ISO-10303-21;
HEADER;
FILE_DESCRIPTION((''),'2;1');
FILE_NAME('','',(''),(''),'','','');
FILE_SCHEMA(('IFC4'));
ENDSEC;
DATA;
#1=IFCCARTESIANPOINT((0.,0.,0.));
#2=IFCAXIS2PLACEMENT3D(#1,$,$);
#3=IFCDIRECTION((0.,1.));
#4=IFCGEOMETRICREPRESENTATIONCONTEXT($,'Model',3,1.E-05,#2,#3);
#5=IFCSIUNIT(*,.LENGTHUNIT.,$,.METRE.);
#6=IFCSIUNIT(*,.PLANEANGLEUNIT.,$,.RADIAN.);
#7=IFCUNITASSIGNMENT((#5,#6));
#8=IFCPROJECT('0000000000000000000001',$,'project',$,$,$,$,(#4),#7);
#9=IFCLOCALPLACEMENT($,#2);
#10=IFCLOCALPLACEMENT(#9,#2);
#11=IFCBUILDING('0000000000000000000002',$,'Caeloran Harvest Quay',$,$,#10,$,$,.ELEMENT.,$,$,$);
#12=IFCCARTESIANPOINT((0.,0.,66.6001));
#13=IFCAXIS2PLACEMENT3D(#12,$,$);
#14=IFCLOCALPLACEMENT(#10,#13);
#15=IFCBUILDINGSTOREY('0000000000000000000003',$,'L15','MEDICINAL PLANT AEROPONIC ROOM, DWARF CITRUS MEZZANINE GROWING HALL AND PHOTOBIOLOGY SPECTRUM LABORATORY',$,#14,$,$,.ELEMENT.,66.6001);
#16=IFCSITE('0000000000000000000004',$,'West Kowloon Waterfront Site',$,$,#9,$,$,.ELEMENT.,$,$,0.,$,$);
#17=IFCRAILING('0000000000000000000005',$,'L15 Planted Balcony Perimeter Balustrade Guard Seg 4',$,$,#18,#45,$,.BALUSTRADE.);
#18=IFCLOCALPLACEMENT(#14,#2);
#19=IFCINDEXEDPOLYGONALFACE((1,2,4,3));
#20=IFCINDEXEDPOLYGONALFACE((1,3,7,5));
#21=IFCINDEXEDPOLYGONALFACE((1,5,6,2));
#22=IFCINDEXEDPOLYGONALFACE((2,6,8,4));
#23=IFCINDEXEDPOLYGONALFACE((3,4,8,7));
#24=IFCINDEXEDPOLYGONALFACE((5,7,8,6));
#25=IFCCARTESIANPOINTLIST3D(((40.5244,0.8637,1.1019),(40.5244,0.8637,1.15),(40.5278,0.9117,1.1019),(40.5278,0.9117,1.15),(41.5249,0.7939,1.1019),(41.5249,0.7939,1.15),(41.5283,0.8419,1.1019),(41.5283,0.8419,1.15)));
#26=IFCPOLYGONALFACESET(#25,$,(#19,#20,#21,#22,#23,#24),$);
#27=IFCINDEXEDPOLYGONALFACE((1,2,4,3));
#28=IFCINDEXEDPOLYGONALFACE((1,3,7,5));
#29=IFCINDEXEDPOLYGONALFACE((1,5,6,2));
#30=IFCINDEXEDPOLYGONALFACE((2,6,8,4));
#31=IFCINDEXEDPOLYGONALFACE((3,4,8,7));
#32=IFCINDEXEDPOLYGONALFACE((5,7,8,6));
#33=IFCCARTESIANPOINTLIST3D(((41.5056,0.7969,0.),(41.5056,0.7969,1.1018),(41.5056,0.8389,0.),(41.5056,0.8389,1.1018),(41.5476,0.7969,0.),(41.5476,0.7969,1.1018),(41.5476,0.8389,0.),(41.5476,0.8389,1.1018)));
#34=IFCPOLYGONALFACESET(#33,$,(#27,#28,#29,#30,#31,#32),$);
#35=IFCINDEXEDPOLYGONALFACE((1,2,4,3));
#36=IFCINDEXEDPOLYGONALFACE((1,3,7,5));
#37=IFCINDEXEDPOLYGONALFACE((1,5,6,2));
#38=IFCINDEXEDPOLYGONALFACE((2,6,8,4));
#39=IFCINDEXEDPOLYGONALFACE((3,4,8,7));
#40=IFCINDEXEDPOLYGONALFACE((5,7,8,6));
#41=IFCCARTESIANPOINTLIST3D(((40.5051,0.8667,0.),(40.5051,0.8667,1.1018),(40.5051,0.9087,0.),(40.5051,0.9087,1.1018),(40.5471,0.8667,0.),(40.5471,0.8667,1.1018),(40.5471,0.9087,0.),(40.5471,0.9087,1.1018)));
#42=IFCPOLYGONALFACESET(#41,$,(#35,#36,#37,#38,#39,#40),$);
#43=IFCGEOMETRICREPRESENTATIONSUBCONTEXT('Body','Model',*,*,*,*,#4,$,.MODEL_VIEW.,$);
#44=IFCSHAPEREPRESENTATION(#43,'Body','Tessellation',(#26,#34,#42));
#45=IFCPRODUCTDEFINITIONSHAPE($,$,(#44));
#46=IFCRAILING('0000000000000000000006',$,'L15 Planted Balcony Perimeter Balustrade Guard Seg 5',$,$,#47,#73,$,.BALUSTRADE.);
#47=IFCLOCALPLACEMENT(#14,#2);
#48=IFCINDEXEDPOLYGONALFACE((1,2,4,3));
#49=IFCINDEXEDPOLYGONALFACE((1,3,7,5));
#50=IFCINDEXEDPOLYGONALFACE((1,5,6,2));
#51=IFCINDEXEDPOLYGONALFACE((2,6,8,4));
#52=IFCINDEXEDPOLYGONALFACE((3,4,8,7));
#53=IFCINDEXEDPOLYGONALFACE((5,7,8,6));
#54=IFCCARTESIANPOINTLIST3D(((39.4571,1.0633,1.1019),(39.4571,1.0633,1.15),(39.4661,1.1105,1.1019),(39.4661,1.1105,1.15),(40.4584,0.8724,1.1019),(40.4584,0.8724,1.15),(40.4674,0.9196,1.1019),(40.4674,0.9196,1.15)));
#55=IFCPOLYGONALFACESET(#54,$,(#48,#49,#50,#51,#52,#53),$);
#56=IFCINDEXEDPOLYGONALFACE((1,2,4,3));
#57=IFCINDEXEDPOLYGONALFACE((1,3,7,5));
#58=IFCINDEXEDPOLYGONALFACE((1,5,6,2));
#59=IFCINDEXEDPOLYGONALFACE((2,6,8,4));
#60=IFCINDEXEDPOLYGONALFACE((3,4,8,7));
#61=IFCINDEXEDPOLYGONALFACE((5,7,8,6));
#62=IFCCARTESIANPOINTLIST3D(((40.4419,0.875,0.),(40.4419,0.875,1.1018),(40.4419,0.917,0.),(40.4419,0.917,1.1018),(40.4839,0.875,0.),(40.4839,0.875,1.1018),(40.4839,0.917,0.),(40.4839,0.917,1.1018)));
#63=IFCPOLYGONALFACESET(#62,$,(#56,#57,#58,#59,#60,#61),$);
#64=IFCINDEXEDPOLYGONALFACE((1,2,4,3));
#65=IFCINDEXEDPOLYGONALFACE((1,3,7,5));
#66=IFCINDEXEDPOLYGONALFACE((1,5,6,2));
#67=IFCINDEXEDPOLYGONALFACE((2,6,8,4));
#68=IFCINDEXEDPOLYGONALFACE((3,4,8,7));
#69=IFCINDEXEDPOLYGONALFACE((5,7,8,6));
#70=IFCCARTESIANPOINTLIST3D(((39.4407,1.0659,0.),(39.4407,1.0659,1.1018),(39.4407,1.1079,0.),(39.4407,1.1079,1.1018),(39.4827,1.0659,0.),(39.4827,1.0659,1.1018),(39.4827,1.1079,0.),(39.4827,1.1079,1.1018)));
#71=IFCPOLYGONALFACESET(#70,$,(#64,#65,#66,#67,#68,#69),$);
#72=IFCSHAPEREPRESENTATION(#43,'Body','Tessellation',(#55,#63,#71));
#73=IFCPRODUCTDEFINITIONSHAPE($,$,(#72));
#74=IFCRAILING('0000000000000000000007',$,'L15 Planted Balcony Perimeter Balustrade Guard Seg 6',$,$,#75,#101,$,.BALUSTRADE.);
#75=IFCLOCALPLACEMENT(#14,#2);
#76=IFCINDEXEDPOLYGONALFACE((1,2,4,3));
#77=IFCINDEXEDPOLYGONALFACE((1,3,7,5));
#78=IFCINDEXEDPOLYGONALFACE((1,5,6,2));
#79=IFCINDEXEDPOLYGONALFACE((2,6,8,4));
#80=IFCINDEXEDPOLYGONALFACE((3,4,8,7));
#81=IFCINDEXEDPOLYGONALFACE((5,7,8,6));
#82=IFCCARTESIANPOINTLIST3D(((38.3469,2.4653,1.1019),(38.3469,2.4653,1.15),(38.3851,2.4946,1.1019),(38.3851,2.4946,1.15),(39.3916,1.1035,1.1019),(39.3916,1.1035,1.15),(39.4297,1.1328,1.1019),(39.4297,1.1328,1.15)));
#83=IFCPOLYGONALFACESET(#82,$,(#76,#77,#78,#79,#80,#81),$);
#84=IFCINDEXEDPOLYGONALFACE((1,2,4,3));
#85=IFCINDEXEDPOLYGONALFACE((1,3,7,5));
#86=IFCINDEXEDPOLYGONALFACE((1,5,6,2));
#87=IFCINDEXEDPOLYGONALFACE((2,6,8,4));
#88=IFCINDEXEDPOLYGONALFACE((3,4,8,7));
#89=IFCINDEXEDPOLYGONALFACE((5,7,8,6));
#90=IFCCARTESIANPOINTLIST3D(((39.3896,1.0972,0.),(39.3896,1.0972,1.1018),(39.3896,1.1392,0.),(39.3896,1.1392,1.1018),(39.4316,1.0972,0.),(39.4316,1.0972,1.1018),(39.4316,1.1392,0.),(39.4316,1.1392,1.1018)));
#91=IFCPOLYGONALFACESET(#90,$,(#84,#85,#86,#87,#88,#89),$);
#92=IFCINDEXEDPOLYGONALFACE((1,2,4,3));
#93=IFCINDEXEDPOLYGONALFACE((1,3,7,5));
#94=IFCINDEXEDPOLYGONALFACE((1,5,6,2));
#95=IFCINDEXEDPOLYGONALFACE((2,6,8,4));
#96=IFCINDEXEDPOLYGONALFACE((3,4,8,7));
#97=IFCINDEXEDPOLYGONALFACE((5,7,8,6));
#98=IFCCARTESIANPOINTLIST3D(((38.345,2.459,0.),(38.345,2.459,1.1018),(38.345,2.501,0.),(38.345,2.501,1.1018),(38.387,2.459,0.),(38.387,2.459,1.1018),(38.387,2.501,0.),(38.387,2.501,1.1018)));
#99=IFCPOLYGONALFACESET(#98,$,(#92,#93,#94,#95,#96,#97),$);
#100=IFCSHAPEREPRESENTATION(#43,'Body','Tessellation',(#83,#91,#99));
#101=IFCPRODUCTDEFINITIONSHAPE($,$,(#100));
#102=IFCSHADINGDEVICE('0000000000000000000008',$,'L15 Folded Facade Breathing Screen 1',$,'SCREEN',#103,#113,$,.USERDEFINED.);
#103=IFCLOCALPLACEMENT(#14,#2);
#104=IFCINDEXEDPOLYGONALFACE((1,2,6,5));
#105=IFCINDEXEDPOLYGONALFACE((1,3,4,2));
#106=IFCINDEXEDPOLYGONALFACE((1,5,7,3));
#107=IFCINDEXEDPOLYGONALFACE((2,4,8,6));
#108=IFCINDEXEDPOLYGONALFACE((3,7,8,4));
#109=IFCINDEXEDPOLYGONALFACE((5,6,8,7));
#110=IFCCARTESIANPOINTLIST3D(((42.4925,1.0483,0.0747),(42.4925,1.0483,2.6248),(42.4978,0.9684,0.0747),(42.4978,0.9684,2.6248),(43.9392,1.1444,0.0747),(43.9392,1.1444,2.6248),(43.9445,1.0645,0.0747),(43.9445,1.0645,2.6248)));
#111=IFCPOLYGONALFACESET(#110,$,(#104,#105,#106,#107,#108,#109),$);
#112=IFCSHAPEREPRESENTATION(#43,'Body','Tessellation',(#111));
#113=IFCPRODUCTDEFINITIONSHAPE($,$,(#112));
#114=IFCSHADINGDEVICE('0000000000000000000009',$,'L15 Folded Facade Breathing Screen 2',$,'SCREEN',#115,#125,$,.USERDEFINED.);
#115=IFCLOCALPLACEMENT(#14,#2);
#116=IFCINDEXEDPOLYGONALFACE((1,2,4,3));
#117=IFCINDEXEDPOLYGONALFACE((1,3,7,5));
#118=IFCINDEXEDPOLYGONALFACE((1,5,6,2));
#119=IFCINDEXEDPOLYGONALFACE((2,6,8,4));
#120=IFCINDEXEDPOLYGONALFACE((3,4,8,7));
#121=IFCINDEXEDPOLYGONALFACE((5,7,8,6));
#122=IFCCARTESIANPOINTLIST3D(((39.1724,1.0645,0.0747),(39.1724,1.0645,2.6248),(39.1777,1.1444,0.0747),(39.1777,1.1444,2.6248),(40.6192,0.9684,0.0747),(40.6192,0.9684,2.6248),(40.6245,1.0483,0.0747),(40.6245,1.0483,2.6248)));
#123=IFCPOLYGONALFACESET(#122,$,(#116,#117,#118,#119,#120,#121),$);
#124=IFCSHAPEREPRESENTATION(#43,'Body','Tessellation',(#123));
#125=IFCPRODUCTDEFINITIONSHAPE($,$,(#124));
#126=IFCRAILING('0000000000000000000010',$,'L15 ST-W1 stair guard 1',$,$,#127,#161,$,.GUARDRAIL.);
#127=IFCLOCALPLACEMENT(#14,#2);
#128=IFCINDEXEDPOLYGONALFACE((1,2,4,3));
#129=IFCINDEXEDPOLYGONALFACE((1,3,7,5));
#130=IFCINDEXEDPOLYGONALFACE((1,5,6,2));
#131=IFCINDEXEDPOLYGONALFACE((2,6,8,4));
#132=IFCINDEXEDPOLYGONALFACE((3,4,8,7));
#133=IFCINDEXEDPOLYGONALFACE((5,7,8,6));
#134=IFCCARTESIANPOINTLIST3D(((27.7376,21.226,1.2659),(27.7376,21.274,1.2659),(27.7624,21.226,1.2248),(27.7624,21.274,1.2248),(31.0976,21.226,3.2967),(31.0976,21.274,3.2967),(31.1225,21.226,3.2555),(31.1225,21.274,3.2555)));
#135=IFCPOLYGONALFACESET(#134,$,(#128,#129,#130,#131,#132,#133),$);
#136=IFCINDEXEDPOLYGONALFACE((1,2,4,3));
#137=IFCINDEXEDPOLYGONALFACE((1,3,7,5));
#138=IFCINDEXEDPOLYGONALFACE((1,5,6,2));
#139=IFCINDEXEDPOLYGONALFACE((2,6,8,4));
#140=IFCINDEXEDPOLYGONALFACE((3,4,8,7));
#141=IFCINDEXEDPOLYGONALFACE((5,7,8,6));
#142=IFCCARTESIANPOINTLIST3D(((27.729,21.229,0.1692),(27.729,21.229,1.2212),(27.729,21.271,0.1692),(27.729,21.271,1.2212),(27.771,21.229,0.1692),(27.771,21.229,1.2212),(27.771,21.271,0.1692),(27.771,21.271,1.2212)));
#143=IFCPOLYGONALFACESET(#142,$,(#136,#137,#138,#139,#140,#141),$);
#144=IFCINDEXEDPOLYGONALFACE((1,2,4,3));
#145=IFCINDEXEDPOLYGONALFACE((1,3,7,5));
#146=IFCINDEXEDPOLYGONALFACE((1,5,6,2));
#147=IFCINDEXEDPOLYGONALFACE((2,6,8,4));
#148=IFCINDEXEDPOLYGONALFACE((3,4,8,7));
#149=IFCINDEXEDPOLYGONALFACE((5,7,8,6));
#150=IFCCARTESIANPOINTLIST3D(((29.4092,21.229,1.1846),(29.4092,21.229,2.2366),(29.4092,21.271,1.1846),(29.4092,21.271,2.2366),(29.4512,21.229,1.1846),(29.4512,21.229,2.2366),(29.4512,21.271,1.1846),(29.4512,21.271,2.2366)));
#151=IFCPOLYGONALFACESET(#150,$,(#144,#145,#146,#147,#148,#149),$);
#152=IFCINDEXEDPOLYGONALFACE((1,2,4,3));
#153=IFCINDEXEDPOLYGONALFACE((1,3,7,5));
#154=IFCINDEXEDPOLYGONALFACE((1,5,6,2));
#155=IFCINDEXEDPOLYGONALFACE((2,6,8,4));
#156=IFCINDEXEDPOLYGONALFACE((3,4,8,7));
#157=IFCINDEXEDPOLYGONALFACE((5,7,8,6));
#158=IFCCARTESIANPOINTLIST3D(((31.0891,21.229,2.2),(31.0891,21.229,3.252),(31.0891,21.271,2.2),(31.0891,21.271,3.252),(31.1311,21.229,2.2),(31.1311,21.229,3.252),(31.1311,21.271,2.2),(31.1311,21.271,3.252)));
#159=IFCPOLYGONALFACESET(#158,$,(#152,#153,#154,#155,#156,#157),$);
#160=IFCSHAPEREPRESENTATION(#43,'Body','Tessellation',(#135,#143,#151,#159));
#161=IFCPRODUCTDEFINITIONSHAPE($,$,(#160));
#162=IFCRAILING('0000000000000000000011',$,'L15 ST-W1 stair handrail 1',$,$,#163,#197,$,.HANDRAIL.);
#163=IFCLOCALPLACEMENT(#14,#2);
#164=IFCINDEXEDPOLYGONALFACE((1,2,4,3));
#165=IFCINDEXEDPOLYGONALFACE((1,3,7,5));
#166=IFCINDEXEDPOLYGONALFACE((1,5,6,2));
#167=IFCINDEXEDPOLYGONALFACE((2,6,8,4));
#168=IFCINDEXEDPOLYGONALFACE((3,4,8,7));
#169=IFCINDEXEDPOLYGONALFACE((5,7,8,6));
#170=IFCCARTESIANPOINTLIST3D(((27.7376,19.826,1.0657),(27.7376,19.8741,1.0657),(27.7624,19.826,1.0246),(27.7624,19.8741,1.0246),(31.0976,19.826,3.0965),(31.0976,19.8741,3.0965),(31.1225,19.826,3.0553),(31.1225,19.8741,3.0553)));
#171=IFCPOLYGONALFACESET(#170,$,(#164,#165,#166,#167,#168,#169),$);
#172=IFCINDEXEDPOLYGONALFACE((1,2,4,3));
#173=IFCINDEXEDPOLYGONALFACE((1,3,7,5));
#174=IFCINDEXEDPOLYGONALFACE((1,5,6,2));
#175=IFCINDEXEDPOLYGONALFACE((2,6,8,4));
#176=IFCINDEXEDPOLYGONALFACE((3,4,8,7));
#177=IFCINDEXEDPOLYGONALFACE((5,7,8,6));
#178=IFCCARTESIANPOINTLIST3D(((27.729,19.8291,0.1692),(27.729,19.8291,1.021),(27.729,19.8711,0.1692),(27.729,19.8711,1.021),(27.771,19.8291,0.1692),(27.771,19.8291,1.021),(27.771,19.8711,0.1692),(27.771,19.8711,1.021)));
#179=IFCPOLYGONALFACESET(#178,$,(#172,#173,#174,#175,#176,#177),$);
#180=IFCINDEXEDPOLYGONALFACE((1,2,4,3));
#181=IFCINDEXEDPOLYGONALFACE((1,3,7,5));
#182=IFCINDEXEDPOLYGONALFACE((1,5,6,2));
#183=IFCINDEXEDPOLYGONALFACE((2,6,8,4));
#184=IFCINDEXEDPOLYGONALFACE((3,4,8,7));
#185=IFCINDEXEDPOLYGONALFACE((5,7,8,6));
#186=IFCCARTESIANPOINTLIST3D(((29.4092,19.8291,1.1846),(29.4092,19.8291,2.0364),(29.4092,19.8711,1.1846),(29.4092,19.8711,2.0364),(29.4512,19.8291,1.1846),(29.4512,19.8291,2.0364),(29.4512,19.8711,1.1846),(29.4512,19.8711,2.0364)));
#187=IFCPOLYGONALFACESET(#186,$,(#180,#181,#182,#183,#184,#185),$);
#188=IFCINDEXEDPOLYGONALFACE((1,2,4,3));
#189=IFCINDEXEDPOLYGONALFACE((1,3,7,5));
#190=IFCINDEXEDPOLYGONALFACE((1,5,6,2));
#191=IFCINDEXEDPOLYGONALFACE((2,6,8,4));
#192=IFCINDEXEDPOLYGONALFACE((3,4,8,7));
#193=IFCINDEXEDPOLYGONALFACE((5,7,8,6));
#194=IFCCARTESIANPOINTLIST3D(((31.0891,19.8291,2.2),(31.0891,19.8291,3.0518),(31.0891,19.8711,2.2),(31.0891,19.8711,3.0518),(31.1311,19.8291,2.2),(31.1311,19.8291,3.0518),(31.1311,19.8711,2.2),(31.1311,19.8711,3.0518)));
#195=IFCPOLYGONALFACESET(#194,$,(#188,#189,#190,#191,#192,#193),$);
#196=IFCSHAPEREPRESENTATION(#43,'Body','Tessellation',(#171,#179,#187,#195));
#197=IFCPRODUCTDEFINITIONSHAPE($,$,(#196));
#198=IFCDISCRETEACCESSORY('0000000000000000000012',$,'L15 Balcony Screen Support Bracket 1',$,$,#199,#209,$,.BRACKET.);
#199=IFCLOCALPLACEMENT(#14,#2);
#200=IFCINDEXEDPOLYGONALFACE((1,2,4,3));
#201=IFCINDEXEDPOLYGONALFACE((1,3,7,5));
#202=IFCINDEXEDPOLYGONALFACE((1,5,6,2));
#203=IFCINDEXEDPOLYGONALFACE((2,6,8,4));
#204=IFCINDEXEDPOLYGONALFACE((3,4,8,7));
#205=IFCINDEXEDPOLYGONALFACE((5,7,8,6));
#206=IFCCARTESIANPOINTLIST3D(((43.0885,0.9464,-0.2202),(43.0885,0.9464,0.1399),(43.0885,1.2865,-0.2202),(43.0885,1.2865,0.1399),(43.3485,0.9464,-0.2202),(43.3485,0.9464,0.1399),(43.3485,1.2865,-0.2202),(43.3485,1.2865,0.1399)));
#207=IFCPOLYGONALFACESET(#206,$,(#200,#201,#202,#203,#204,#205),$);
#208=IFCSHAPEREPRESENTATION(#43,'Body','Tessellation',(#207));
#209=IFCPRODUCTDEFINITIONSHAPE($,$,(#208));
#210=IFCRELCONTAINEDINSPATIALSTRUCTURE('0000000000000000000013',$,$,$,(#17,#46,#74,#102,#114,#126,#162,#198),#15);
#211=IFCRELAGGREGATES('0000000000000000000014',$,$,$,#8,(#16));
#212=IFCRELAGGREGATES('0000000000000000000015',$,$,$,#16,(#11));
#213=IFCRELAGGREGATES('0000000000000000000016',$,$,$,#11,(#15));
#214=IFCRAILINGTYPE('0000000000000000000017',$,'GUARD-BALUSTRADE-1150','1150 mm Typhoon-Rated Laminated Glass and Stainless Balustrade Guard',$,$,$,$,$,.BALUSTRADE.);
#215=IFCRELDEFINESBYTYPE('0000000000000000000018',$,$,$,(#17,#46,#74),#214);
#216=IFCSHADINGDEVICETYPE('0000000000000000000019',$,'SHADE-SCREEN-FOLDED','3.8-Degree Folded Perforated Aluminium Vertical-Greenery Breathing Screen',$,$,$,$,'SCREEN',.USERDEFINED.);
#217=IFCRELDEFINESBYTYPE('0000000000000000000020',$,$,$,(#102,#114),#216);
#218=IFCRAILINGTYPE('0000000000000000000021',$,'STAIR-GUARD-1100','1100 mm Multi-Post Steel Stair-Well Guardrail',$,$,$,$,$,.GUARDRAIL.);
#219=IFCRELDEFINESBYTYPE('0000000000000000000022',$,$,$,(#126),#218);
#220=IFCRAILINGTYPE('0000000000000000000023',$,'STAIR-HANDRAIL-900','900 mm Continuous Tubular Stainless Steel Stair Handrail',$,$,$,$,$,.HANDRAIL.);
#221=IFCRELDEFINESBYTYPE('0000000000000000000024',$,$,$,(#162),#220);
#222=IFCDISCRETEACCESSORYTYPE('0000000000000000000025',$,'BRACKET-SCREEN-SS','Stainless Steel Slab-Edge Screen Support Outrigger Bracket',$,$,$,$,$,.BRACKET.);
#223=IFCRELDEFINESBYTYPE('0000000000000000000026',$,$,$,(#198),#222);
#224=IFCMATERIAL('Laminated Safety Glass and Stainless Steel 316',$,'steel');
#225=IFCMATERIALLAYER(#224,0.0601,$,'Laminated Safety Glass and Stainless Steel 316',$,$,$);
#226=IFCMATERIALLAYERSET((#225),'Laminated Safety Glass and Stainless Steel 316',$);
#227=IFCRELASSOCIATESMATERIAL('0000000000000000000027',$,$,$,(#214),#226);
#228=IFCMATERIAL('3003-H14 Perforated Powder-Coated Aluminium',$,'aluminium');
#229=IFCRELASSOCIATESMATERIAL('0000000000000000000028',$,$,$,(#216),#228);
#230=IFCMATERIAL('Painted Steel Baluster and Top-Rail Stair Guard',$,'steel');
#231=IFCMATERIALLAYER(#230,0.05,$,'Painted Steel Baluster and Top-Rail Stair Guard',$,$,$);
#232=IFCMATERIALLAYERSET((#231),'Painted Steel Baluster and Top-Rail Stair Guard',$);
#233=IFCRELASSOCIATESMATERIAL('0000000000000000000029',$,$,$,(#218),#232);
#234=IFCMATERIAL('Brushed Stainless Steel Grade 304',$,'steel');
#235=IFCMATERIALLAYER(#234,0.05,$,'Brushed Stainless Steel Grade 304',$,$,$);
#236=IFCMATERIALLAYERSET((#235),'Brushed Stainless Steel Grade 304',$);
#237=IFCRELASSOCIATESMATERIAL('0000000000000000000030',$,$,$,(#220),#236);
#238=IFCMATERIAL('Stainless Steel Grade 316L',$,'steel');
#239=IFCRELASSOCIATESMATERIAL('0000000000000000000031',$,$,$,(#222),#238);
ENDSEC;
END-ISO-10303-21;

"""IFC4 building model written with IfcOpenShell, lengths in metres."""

from ifc_helpers import new_model, si_unit, direction, frame, origin, origin_2d, place, context, subcontext, project, spatial, rectangle, extrude, material, layer, layer_set, type_object, element, save


model = new_model("IFC4")

# Units and contexts
model_context = context("Model", 3, precision=1e-05, world=origin(), true_north=direction((0.0, 1.0)))
body_context = subcontext(model_context, "Body", "Model", "MODEL_VIEW")
ifc_project = project(units=[si_unit("LENGTHUNIT", "METRE"), si_unit("PLANEANGLEUNIT", "RADIAN")], contexts=[model_context])

# Site, building, storey
site_placement = place(None, origin())
site = spatial("IfcSite", under=ifc_project, at=site_placement, Name="West Kowloon Waterfront Site", CompositionType="ELEMENT", RefElevation=0.0)
building_placement = place(site_placement, origin())
building = spatial("IfcBuilding", under=site, at=building_placement, Name="Caeloran Harvest Quay", CompositionType="ELEMENT")
storey_placement = place(building_placement, frame((0.0, 0.0, 66.6001)))
storey = spatial("IfcBuildingStorey", under=building, at=storey_placement, Name="L15", Description="MEDICINAL PLANT AEROPONIC ROOM, DWARF CITRUS MEZZANINE GROWING HALL AND PHOTOBIOLOGY SPECTRUM LABORATORY", CompositionType="ELEMENT", Elevation=66.6001)

# Railings
ifc_material_1 = material(Name="Laminated Safety Glass and Stainless Steel 316", Category="steel")
ifc_layer_1 = layer(ifc_material_1, 0.0601, Name="Laminated Safety Glass and Stainless Steel 316")
ifc_layer_set_1 = layer_set([ifc_layer_1], Name="Laminated Safety Glass and Stainless Steel 316")
railing_type_1 = type_object("IfcRailingType", Name="GUARD-BALUSTRADE-1150", Description="1150 mm Typhoon-Rated Laminated Glass and Stainless Balustrade Guard", PredefinedType="BALUSTRADE", material=ifc_layer_set_1)
railing_1_placement = place(storey_placement, frame((41.5266, 0.8179, 0.0)))
element("IfcRailing", 1, at=railing_1_placement, inside=storey, type_object=railing_type_1, Name="L15 Planted Balcony Perimeter Balustrade Guard Seg 4", PredefinedType="BALUSTRADE", context=body_context, shape_type="SweptSolid", body=[
    extrude(rectangle(XDim=0.0481, YDim=0.0481, at=origin_2d()), frame((0.0, 0.0, 1.126), z_axis=(-0.997574, 0.069621, 0.0), x_axis=(-0.069621, -0.997574, 0.0)), (0.0, 0.0, 1.0), 1.0029),
    extrude(rectangle(XDim=0.042, YDim=0.042, at=origin_2d()), origin(), (0.0, 0.0, 1.0), 1.1018),
    extrude(rectangle(XDim=0.042, YDim=0.042, at=origin_2d()), frame((-1.0005, 0.0698, 0.0)), (0.0, 0.0, 1.0), 1.1018),
])
railing_2_placement = place(storey_placement, frame((40.4629, 0.896, 0.0)))
element("IfcRailing", 2, at=railing_2_placement, inside=storey, type_object=railing_type_1, Name="L15 Planted Balcony Perimeter Balustrade Guard Seg 5", PredefinedType="BALUSTRADE", context=body_context, shape_type="SweptSolid", body=[
    extrude(rectangle(XDim=0.0481, YDim=0.0481, at=origin_2d()), frame((0.0, 0.0, 1.126), z_axis=(-0.982301, 0.18731, 0.0), x_axis=(-0.18731, -0.982301, 0.0)), (0.0, 0.0, 1.0), 1.0193),
    extrude(rectangle(XDim=0.042, YDim=0.042, at=origin_2d()), origin(), (0.0, 0.0, 1.0), 1.1018),
    extrude(rectangle(XDim=0.042, YDim=0.042, at=origin_2d()), frame((-1.0012, 0.1909, 0.0)), (0.0, 0.0, 1.0), 1.1018),
])
railing_3_placement = place(storey_placement, frame((39.4106, 1.1182, 0.0)))
element("IfcRailing", 3, at=railing_3_placement, inside=storey, type_object=railing_type_1, Name="L15 Planted Balcony Perimeter Balustrade Guard Seg 6", PredefinedType="BALUSTRADE", context=body_context, shape_type="SweptSolid", body=[
    extrude(rectangle(XDim=0.0481, YDim=0.0481, at=origin_2d()), frame((0.0, 0.0, 1.126), z_axis=(-0.608658, 0.793432, 0.0), x_axis=(-0.793432, -0.608658, 0.0)), (0.0, 0.0, 1.0), 1.7163),
    extrude(rectangle(XDim=0.042, YDim=0.042, at=origin_2d()), origin(), (0.0, 0.0, 1.0), 1.1018),
    extrude(rectangle(XDim=0.042, YDim=0.042, at=origin_2d()), frame((-1.0447, 1.3618, 0.0)), (0.0, 0.0, 1.0), 1.1018),
])

# Shading devices
ifc_material_2 = material(Name="3003-H14 Perforated Powder-Coated Aluminium", Category="aluminium")
shading_device_type = type_object("IfcShadingDeviceType", Name="SHADE-SCREEN-FOLDED", Description="3.8-Degree Folded Perforated Aluminium Vertical-Greenery Breathing Screen", ElementType="SCREEN", PredefinedType="USERDEFINED", material=ifc_material_2)
for number, where, z_axis, x_axis, name in (
    (4, (43.2185, 1.0564, 0.0747), (0.0, 0.0, 1.0), (0.997801, 0.066274, 0.0), "L15 Folded Facade Breathing Screen 1"),
    (5, (39.8984, 1.0564, 0.0747), (0.0, 0.0, 1.0), (0.997801, -0.066274, 0.0), "L15 Folded Facade Breathing Screen 2"),
):
    element("IfcShadingDevice", number, at=place(storey_placement, frame(where, z_axis=z_axis, x_axis=x_axis)), inside=storey, type_object=shading_device_type, Name=name, ObjectType="SCREEN", PredefinedType="USERDEFINED", context=body_context, shape_type="SweptSolid", body=[
        extrude(rectangle(XDim=1.45, YDim=0.0801, at=origin_2d()), origin(), (0.0, 0.0, 1.0), 2.55),
    ])

# Railings
ifc_material_3 = material(Name="Painted Steel Baluster and Top-Rail Stair Guard", Category="steel")
ifc_layer_2 = layer(ifc_material_3, 0.05, Name="Painted Steel Baluster and Top-Rail Stair Guard")
ifc_layer_set_2 = layer_set([ifc_layer_2], Name="Painted Steel Baluster and Top-Rail Stair Guard")
railing_type_2 = type_object("IfcRailingType", Name="STAIR-GUARD-1100", Description="1100 mm Multi-Post Steel Stair-Well Guardrail", PredefinedType="GUARDRAIL", material=ifc_layer_set_2)
railing_4_placement = place(storey_placement, frame((27.75, 21.25, 0.1692)))
element("IfcRailing", 6, at=railing_4_placement, inside=storey, type_object=railing_type_2, Name="L15 ST-W1 stair guard 1", PredefinedType="GUARDRAIL", context=body_context, shape_type="SweptSolid", body=[
    extrude(rectangle(XDim=0.0481, YDim=0.0481, at=origin_2d()), frame((0.0, 0.0, 1.0762), z_axis=(0.855837, 0.0, 0.517246), x_axis=(0.0, 1.0, 0.0)), (0.0, 0.0, 1.0), 3.926),
    extrude(rectangle(XDim=0.042, YDim=0.042, at=origin_2d()), origin(), (0.0, 0.0, 1.0), 1.052),
    extrude(rectangle(XDim=0.042, YDim=0.042, at=origin_2d()), frame((1.6802, 0.0, 1.0154)), (0.0, 0.0, 1.0), 1.052),
    extrude(rectangle(XDim=0.042, YDim=0.042, at=origin_2d()), frame((3.3601, 0.0, 2.0308)), (0.0, 0.0, 1.0), 1.052),
])
ifc_material_4 = material(Name="Brushed Stainless Steel Grade 304", Category="steel")
ifc_layer_3 = layer(ifc_material_4, 0.05, Name="Brushed Stainless Steel Grade 304")
ifc_layer_set_3 = layer_set([ifc_layer_3], Name="Brushed Stainless Steel Grade 304")
railing_type_3 = type_object("IfcRailingType", Name="STAIR-HANDRAIL-900", Description="900 mm Continuous Tubular Stainless Steel Stair Handrail", PredefinedType="HANDRAIL", material=ifc_layer_set_3)
railing_5_placement = place(storey_placement, frame((27.75, 19.8501, 0.1692)))
element("IfcRailing", 7, at=railing_5_placement, inside=storey, type_object=railing_type_3, Name="L15 ST-W1 stair handrail 1", PredefinedType="HANDRAIL", context=body_context, shape_type="SweptSolid", body=[
    extrude(rectangle(XDim=0.0481, YDim=0.0481, at=origin_2d()), frame((0.0, 0.0, 0.876), z_axis=(0.855837, 0.0, 0.517246), x_axis=(0.0, 1.0, 0.0)), (0.0, 0.0, 1.0), 3.926),
    extrude(rectangle(XDim=0.042, YDim=0.042, at=origin_2d()), origin(), (0.0, 0.0, 1.0), 0.8518),
    extrude(rectangle(XDim=0.042, YDim=0.042, at=origin_2d()), frame((1.6802, 0.0, 1.0154)), (0.0, 0.0, 1.0), 0.8518),
    extrude(rectangle(XDim=0.042, YDim=0.042, at=origin_2d()), frame((3.3601, 0.0, 2.0308)), (0.0, 0.0, 1.0), 0.8518),
])

# Discrete accessory
ifc_material_5 = material(Name="Stainless Steel Grade 316L", Category="steel")
discrete_accessory_type = type_object("IfcDiscreteAccessoryType", Name="BRACKET-SCREEN-SS", Description="Stainless Steel Slab-Edge Screen Support Outrigger Bracket", PredefinedType="BRACKET", material=ifc_material_5)
for number, where, z_axis, x_axis, name in (
    (8, (43.2185, 1.1165, -0.2202), (0.0, 0.0, 1.0), (1.0, 0.0, 0.0), "L15 Balcony Screen Support Bracket 1"),
):
    element("IfcDiscreteAccessory", number, at=place(storey_placement, frame(where, z_axis=z_axis, x_axis=x_axis)), inside=storey, type_object=discrete_accessory_type, Name=name, PredefinedType="BRACKET", context=body_context, shape_type="SweptSolid", body=[
        extrude(rectangle(XDim=0.26, YDim=0.3401, at=origin_2d()), origin(), (0.0, 0.0, 1.0), 0.3601),
    ])

save(model, "model.ifc")
